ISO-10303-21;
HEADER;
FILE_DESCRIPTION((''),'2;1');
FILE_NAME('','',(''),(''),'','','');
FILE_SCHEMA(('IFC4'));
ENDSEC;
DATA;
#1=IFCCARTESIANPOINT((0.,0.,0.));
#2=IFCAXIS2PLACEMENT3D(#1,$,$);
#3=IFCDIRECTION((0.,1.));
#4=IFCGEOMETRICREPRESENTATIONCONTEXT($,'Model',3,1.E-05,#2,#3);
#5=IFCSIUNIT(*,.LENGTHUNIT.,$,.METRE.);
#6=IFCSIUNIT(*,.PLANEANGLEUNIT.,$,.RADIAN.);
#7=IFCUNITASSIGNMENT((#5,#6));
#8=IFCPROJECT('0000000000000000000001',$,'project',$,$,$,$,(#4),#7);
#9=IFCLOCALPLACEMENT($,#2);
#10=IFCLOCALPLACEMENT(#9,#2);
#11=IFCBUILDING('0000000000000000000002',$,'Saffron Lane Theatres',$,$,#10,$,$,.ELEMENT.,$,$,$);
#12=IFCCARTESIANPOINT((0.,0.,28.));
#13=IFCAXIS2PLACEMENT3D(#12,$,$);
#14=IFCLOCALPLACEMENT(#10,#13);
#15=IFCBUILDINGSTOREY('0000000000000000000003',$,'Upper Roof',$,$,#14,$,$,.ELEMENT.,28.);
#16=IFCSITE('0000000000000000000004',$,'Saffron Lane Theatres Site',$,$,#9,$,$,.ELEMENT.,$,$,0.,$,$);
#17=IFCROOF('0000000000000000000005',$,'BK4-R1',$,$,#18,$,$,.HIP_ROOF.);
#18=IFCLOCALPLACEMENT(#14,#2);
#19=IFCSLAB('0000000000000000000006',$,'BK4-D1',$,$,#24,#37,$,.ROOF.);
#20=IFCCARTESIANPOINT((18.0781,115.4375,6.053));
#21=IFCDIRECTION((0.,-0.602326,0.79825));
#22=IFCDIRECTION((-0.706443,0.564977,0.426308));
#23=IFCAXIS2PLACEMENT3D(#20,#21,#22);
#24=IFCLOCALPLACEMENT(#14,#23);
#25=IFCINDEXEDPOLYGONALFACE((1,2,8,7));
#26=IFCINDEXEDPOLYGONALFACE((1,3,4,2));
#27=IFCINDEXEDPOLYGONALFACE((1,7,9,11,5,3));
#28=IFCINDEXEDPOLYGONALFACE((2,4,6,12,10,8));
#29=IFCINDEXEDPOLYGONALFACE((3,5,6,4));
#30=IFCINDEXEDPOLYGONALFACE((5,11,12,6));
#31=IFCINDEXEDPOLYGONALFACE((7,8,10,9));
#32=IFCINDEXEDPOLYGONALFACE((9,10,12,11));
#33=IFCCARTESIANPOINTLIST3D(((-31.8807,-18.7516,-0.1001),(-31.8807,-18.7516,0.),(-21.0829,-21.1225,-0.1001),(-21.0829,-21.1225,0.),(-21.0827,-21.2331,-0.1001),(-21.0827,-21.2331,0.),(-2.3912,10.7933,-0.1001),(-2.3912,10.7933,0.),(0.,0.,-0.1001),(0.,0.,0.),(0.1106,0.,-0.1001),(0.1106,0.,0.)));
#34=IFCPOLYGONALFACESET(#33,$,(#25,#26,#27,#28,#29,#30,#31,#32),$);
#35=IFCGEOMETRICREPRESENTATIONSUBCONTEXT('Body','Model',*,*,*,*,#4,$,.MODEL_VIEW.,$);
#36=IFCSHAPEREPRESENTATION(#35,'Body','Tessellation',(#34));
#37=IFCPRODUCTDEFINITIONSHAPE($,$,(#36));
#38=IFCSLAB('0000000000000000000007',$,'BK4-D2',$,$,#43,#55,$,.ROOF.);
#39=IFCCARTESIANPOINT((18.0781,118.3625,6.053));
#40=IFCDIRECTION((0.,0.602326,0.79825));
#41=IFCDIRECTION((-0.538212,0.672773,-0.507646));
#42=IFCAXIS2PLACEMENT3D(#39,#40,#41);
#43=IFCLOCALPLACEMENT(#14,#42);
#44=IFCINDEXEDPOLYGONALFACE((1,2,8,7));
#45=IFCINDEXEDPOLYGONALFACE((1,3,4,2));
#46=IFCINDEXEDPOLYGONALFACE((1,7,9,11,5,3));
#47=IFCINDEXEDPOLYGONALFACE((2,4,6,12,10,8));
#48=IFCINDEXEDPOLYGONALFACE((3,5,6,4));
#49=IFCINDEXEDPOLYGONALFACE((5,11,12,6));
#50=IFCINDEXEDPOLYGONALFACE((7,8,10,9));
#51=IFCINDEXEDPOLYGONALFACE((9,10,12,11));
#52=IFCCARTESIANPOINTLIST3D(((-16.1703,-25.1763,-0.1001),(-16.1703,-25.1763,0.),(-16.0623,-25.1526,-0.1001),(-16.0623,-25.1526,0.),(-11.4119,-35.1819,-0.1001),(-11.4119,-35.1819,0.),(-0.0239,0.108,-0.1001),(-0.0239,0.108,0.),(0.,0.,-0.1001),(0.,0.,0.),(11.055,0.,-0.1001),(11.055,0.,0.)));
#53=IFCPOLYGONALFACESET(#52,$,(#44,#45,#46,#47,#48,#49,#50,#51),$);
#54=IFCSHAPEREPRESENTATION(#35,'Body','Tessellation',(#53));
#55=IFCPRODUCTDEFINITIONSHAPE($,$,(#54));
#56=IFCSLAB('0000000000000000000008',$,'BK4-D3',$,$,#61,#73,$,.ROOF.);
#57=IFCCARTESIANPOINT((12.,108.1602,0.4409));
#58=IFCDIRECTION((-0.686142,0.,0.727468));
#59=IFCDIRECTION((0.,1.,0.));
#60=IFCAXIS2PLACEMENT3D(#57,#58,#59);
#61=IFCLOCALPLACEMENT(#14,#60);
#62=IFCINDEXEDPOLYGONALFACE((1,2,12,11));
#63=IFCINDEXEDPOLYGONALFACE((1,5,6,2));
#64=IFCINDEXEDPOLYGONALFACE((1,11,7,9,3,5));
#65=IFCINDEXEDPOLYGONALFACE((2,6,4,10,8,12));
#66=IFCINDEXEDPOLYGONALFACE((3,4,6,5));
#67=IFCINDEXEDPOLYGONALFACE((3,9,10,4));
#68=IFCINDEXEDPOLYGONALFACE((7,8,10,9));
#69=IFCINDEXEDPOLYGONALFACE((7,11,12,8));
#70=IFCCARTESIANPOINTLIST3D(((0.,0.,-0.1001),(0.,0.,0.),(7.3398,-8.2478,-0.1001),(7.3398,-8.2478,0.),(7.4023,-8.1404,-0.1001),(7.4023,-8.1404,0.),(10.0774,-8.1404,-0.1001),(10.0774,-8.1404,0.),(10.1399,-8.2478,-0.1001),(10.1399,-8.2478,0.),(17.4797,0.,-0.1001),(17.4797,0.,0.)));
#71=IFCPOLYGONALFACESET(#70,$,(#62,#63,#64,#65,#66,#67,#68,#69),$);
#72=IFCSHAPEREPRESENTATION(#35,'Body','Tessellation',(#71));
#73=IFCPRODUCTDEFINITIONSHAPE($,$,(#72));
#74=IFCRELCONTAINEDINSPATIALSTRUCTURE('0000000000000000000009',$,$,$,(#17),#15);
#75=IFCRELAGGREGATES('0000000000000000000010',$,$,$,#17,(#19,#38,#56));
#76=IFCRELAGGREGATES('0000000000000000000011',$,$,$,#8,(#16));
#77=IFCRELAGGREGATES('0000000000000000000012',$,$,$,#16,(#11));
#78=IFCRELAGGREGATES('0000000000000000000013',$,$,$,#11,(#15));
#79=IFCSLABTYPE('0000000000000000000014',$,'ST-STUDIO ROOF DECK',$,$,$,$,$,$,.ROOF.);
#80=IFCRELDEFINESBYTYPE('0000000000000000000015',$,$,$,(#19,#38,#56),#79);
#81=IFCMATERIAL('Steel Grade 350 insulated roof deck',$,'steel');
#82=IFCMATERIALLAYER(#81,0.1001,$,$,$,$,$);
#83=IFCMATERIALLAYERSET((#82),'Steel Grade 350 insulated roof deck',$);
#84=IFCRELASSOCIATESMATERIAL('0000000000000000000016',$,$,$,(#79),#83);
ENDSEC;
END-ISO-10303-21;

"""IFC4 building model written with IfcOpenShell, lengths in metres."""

from ifc_helpers import new_model, si_unit, direction, frame, origin, place, context, subcontext, project, spatial, polyline, outline, extrude, material, layer, layer_set, type_object, element, aggregate, save


model = new_model("IFC4")

# Units and contexts
model_context = context("Model", 3, precision=1e-05, world=origin(), true_north=direction((0.0, 1.0)))
body_context = subcontext(model_context, "Body", "Model", "MODEL_VIEW")
ifc_project = project(units=[si_unit("LENGTHUNIT", "METRE"), si_unit("PLANEANGLEUNIT", "RADIAN")], contexts=[model_context])

# Site, building, storey
site_placement = place(None, origin())
site = spatial("IfcSite", under=ifc_project, at=site_placement, Name="Saffron Lane Theatres Site", CompositionType="ELEMENT", RefElevation=0.0)
building_placement = place(site_placement, origin())
building = spatial("IfcBuilding", under=site, at=building_placement, Name="Saffron Lane Theatres", CompositionType="ELEMENT")
storey_placement = place(building_placement, frame((0.0, 0.0, 28.0)))
storey = spatial("IfcBuildingStorey", under=building, at=storey_placement, Name="Upper Roof", CompositionType="ELEMENT", Elevation=28.0)

# Roof, slabs
roof_placement = place(storey_placement, origin())
roof = element("IfcRoof", 1, at=roof_placement, inside=storey, Name="BK4-R1", PredefinedType="HIP_ROOF")
ifc_material_1 = material(Name="Steel Grade 350 insulated roof deck", Category="steel")
ifc_layer_1 = layer(ifc_material_1, 0.1001)
ifc_layer_set_1 = layer_set([ifc_layer_1], Name="Steel Grade 350 insulated roof deck")
slab_type = type_object("IfcSlabType", Name="ST-STUDIO ROOF DECK", PredefinedType="ROOF", material=ifc_layer_set_1)
slab_1_placement = place(storey_placement, frame((18.0781, 115.4375, 6.053), z_axis=(0.0, -0.602326, 0.79825), x_axis=(-0.706443, 0.564977, 0.426308)))
slab_1 = element("IfcSlab", 2, at=slab_1_placement, type_object=slab_type, Name="BK4-D1", PredefinedType="ROOF", context=body_context, shape_type="SweptSolid", body=[
    extrude(outline(polyline([(0.0, 0.0), (0.1106, 0.0), (-21.0827, -21.2331), (-21.0829, -21.1225), (-31.8807, -18.7516), (-2.3912, 10.7933), (0.0, 0.0)])), origin(), (0.0, 0.0, -1.0), 0.1001),
])
slab_2_placement = place(storey_placement, frame((18.0781, 118.3625, 6.053), z_axis=(0.0, 0.602326, 0.79825), x_axis=(-0.538212, 0.672773, -0.507646)))
slab_2 = element("IfcSlab", 3, at=slab_2_placement, type_object=slab_type, Name="BK4-D2", PredefinedType="ROOF", context=body_context, shape_type="SweptSolid", body=[
    extrude(outline(polyline([(0.0, 0.0), (11.055, 0.0), (-11.4119, -35.1819), (-16.0623, -25.1526), (-16.1703, -25.1763), (-0.0239, 0.108), (0.0, 0.0)])), origin(), (0.0, 0.0, -1.0), 0.1001),
])
slab_3_placement = place(storey_placement, frame((12.0, 108.1602, 0.4409), z_axis=(-0.686142, 0.0, 0.727468), x_axis=(0.0, 1.0, 0.0)))
slab_3 = element("IfcSlab", 4, at=slab_3_placement, type_object=slab_type, Name="BK4-D3", PredefinedType="ROOF", context=body_context, shape_type="SweptSolid", body=[
    extrude(outline(polyline([(0.0, 0.0), (17.4797, 0.0), (10.0774, -8.1404), (10.1399, -8.2478), (7.3398, -8.2478), (7.4023, -8.1404), (0.0, 0.0)])), origin(), (0.0, 0.0, -1.0), 0.1001),
])
aggregate(roof, [slab_1, slab_2, slab_3])

save(model, "model.ifc")
